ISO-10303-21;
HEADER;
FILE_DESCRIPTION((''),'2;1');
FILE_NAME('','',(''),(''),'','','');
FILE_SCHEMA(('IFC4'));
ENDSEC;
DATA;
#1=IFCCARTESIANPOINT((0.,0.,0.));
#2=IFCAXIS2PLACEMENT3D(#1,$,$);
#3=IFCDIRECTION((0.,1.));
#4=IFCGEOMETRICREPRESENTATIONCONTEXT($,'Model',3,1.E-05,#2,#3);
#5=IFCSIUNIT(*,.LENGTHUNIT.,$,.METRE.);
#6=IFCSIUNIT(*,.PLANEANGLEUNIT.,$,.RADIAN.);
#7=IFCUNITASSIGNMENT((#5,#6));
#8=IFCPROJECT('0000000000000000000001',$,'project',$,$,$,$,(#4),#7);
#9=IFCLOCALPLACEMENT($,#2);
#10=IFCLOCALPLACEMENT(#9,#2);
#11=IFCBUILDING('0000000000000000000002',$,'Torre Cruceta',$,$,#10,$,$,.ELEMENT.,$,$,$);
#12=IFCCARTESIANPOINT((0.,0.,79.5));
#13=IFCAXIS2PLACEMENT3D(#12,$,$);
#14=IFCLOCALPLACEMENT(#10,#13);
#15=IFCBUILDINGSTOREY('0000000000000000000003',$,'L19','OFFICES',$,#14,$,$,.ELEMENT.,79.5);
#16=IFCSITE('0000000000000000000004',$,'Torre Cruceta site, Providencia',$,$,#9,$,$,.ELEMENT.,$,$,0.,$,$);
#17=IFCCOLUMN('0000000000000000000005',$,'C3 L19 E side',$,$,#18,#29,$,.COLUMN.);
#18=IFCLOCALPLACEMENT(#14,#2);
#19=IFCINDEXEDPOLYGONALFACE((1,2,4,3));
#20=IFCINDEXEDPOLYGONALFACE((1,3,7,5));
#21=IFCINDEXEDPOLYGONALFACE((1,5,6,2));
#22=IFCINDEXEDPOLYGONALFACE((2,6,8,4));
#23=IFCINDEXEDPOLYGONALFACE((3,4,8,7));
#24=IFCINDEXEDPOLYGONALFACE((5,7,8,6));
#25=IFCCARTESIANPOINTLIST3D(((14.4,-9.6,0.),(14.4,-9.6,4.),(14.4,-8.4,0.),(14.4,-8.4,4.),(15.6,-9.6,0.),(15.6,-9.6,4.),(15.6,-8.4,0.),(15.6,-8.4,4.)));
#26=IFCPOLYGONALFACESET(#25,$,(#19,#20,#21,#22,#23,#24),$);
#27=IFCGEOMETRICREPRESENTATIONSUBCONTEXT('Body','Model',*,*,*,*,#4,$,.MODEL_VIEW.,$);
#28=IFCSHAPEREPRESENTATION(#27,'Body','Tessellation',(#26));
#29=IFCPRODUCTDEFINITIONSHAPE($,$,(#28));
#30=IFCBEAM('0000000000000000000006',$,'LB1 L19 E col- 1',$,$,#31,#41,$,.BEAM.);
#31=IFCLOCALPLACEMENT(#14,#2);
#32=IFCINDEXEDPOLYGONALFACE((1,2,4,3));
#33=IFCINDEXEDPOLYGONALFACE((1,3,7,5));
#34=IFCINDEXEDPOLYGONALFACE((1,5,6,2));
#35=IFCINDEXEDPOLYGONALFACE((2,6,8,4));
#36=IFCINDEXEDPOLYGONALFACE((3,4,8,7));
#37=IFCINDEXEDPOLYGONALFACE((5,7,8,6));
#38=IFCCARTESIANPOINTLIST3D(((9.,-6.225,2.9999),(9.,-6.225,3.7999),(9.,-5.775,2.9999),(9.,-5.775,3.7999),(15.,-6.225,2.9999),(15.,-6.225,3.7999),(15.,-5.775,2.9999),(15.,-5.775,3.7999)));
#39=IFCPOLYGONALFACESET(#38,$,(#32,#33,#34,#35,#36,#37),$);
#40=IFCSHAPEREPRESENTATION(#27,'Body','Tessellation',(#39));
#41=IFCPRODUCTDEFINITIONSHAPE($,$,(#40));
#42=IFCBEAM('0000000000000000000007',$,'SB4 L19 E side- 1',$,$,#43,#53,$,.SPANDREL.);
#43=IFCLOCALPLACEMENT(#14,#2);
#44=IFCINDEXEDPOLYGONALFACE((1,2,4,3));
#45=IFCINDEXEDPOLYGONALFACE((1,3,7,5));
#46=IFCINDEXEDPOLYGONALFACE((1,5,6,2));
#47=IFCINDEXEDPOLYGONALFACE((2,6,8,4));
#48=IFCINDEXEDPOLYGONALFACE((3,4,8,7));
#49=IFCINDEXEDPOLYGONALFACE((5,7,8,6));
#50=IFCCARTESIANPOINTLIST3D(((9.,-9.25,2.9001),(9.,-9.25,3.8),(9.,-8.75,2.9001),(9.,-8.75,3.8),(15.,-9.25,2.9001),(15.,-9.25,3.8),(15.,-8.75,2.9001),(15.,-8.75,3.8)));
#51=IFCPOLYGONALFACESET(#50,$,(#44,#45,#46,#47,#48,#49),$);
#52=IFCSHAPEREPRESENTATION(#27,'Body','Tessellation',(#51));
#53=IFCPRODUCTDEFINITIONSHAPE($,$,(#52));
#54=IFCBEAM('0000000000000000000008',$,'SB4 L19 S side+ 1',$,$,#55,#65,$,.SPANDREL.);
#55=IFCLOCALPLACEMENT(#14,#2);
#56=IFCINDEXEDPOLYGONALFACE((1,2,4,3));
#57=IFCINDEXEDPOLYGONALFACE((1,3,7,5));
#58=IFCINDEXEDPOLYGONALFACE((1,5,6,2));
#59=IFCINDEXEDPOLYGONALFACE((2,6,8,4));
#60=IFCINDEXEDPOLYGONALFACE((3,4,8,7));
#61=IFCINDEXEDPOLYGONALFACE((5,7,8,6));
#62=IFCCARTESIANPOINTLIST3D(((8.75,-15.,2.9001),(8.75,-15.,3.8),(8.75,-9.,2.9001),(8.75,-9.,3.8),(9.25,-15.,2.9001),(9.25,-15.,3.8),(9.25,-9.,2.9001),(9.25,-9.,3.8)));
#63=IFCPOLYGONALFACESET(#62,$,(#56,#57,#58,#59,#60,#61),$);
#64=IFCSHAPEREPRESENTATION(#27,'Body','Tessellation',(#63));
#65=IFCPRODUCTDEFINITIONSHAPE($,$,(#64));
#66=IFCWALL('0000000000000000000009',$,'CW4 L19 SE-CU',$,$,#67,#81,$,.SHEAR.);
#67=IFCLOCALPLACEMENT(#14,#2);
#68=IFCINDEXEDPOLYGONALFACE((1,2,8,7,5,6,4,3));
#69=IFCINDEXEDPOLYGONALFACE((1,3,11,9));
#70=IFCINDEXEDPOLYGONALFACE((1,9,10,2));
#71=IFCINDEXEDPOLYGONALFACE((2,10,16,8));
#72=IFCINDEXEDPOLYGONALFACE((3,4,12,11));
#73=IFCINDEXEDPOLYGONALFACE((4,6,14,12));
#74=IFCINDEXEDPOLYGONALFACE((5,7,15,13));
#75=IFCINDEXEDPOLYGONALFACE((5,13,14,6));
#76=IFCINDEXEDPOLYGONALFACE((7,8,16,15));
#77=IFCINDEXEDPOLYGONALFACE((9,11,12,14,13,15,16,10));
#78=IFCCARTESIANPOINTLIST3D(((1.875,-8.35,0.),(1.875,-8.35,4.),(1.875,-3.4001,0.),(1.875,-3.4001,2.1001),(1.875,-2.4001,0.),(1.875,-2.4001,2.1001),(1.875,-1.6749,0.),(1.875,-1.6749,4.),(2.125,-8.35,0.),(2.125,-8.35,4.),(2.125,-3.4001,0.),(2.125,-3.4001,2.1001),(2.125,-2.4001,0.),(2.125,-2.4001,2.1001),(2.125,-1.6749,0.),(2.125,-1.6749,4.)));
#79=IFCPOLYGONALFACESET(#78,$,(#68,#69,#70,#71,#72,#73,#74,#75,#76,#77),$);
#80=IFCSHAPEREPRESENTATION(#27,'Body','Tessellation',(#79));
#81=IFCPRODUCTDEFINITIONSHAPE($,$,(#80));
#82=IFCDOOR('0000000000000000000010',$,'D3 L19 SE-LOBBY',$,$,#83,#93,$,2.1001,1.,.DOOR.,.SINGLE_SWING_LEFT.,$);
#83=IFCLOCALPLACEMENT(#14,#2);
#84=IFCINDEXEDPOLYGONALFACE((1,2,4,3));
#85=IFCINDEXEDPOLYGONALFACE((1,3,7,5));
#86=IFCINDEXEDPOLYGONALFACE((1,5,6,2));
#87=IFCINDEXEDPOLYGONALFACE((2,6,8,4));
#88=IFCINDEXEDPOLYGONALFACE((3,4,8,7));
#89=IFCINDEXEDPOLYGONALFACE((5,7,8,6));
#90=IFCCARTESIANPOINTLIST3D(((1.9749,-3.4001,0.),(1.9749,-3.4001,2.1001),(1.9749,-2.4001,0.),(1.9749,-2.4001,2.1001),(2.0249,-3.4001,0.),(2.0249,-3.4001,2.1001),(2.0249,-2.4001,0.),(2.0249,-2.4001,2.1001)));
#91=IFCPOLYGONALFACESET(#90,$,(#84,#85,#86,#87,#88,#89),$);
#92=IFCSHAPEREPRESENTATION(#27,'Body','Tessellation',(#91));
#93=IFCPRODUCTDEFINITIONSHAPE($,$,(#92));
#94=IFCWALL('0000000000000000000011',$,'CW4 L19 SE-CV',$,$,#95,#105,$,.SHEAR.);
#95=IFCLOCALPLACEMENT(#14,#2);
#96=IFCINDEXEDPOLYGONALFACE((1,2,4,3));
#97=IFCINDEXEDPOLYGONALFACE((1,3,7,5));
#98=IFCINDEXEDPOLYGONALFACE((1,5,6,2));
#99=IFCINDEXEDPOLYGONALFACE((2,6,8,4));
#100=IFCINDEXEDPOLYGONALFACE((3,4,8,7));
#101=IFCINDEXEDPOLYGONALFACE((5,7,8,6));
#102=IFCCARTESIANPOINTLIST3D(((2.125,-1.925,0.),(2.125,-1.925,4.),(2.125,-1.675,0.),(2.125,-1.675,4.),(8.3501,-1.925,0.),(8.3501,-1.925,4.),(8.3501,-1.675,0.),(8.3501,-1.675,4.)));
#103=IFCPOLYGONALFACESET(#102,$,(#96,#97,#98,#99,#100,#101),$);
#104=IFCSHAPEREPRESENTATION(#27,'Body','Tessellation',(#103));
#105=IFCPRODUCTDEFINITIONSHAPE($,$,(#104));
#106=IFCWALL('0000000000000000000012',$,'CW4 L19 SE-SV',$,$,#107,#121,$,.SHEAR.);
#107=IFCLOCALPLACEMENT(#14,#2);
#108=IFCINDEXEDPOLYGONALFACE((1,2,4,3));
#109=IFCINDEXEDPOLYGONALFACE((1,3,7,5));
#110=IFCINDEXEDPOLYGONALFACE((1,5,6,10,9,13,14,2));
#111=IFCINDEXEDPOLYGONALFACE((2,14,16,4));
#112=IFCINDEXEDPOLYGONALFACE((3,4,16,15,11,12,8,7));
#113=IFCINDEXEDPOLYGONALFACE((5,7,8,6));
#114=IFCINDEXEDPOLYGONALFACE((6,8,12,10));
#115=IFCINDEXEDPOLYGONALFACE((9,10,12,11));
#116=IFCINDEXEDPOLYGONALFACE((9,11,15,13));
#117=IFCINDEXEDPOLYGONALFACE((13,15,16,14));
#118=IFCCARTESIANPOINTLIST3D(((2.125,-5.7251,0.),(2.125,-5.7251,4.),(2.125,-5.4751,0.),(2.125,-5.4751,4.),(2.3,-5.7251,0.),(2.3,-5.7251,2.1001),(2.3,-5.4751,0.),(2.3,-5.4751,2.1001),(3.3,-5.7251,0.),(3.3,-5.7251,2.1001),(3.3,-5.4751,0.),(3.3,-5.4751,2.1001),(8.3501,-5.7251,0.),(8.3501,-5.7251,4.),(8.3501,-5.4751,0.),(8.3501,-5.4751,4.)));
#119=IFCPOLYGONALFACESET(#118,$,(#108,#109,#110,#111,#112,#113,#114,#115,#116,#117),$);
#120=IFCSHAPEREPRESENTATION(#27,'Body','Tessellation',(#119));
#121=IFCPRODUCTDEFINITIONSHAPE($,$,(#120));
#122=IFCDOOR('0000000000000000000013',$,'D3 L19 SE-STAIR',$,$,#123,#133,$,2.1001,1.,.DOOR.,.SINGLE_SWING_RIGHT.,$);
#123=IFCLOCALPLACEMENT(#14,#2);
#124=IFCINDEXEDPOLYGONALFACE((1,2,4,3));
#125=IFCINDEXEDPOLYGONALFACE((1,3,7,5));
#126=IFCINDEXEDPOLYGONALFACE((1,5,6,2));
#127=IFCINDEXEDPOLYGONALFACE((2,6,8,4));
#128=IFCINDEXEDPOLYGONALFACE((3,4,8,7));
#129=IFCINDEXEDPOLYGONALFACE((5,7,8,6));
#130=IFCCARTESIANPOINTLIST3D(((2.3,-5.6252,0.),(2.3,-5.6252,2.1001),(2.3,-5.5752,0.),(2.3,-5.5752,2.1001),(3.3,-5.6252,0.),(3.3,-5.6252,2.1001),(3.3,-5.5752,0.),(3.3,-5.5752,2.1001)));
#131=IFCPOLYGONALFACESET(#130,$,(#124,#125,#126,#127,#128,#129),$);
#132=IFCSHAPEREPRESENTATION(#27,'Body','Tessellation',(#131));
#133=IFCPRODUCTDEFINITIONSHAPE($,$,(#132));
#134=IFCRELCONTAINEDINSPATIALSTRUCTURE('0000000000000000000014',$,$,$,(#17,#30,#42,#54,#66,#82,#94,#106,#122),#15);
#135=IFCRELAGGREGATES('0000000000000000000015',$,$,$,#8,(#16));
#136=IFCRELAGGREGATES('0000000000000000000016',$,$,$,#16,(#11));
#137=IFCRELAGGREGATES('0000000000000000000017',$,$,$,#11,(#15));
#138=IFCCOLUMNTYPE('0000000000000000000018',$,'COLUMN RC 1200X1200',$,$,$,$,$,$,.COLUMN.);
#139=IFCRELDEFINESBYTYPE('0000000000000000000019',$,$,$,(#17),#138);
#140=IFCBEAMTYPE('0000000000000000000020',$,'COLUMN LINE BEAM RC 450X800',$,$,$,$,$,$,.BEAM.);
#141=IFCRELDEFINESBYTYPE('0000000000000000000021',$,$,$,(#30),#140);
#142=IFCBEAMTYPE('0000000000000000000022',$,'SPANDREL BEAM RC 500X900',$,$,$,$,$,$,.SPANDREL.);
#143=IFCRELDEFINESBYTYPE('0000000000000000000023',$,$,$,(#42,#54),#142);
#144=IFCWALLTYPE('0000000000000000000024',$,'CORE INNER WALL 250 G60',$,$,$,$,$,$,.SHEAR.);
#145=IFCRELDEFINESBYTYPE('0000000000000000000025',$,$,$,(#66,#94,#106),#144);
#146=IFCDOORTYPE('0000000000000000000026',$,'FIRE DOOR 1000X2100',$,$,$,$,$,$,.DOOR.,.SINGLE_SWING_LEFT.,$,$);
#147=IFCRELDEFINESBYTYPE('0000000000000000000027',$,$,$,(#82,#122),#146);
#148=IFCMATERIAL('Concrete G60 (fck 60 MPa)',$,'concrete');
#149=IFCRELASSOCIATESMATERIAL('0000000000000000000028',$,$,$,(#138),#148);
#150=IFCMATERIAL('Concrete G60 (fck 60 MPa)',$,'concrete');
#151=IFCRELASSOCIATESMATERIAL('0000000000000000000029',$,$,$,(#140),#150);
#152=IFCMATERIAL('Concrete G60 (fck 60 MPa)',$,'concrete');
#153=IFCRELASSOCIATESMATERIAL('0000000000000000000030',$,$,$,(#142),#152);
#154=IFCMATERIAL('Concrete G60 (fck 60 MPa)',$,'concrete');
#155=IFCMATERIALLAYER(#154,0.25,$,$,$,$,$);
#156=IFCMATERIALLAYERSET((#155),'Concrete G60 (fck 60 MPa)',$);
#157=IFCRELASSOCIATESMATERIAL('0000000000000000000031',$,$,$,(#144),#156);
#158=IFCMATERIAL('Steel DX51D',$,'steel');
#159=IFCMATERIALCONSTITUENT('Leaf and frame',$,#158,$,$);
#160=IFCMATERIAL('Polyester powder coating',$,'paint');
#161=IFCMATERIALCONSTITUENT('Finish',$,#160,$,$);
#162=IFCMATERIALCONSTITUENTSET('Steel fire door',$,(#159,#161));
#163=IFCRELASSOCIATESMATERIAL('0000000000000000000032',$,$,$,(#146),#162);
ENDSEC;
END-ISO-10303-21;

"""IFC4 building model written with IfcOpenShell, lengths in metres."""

from ifc_helpers import new_model, si_unit, direction, frame, frame_2d, origin, origin_2d, place, context, subcontext, project, spatial, rectangle, extrude, material, layer, layer_set, constituent, constituent_set, material_profile, profile_set, type_object, element, fill, save


model = new_model("IFC4")

# Units and contexts
model_context = context("Model", 3, precision=1e-05, world=origin(), true_north=direction((0.0, 1.0)))
body_context = subcontext(model_context, "Body", "Model", "MODEL_VIEW")
ifc_project = project(units=[si_unit("LENGTHUNIT", "METRE"), si_unit("PLANEANGLEUNIT", "RADIAN")], contexts=[model_context])

# Site, building, storey
site_placement = place(None, origin())
site = spatial("IfcSite", under=ifc_project, at=site_placement, Name="Torre Cruceta site, Providencia", CompositionType="ELEMENT", RefElevation=0.0)
building_placement = place(site_placement, origin())
building = spatial("IfcBuilding", under=site, at=building_placement, Name="Torre Cruceta", CompositionType="ELEMENT")
storey_placement = place(building_placement, frame((0.0, 0.0, 79.5)))
storey = spatial("IfcBuildingStorey", under=building, at=storey_placement, Name="L19", Description="OFFICES", CompositionType="ELEMENT", Elevation=79.5)

# Column
ifc_material_1 = material(Name="Concrete G60 (fck 60 MPa)", Category="concrete")
ifc_material_profile_1 = material_profile(ifc_material_1, rectangle(XDim=1.2, YDim=1.2, at=origin_2d()), Name="RC 1200X1200")
ifc_profile_set_1 = profile_set([ifc_material_profile_1], Name="Concrete G60 (fck 60 MPa)")
column_type = type_object("IfcColumnType", Name="COLUMN RC 1200X1200", PredefinedType="COLUMN", material=ifc_profile_set_1)
column_placement = place(storey_placement, frame((15.0, -9.0, 0.0), z_axis=(0.0, 0.0, 1.0), x_axis=(1.0, 0.0, 0.0)))
element("IfcColumn", 1, at=column_placement, inside=storey, type_object=column_type, Name="C3 L19 E side", PredefinedType="COLUMN", context=body_context, shape_type="SweptSolid", body=[
    extrude(rectangle(XDim=1.2, YDim=1.2, at=origin_2d()), origin(), (0.0, 0.0, 1.0), 4.0),
])

# Beams
ifc_material_2 = material(Name="Concrete G60 (fck 60 MPa)", Category="concrete")
ifc_material_profile_2 = material_profile(ifc_material_2, rectangle(XDim=0.45, YDim=0.8, at=origin_2d()), Name="RC 450X800")
ifc_profile_set_2 = profile_set([ifc_material_profile_2], Name="Concrete G60 (fck 60 MPa)")
beam_type_1 = type_object("IfcBeamType", Name="COLUMN LINE BEAM RC 450X800", PredefinedType="BEAM", material=ifc_profile_set_2)
beam_placement = place(storey_placement, frame((9.0, -6.0, 3.3999), z_axis=(1.0, 0.0, 0.0), x_axis=(0.0, 1.0, 0.0)))
element("IfcBeam", 2, at=beam_placement, inside=storey, type_object=beam_type_1, Name="LB1 L19 E col- 1", PredefinedType="BEAM", context=body_context, shape_type="SweptSolid", body=[
    extrude(rectangle(XDim=0.45, YDim=0.8, at=origin_2d()), origin(), (0.0, 0.0, 1.0), 6.0),
])
ifc_material_3 = material(Name="Concrete G60 (fck 60 MPa)", Category="concrete")
ifc_material_profile_3 = material_profile(ifc_material_3, rectangle(XDim=0.5, YDim=0.8999, at=origin_2d()), Name="RC 500X900")
ifc_profile_set_3 = profile_set([ifc_material_profile_3], Name="Concrete G60 (fck 60 MPa)")
beam_type_2 = type_object("IfcBeamType", Name="SPANDREL BEAM RC 500X900", PredefinedType="SPANDREL", material=ifc_profile_set_3)
for number, where, z_axis, x_axis, name in (
    (3, (9.0, -9.0, 3.3501), (1.0, 0.0, 0.0), (0.0, 1.0, 0.0), "SB4 L19 E side- 1"),
    (4, (9.0, -9.0, 3.3501), (0.0, -1.0, 0.0), (1.0, 0.0, 0.0), "SB4 L19 S side+ 1"),
):
    element("IfcBeam", number, at=place(storey_placement, frame(where, z_axis=z_axis, x_axis=x_axis)), inside=storey, type_object=beam_type_2, Name=name, PredefinedType="SPANDREL", context=body_context, shape_type="SweptSolid", body=[
        extrude(rectangle(XDim=0.5, YDim=0.8999, at=origin_2d()), origin(), (0.0, 0.0, 1.0), 6.0),
    ])

# Wall, opening, door
ifc_material_4 = material(Name="Concrete G60 (fck 60 MPa)", Category="concrete")
ifc_layer_1 = layer(ifc_material_4, 0.25)
ifc_layer_set_1 = layer_set([ifc_layer_1], Name="Concrete G60 (fck 60 MPa)")
wall_type_1 = type_object("IfcWallType", Name="CORE INNER WALL 250 G60", PredefinedType="SHEAR", material=ifc_layer_set_1)
wall_1_placement = place(storey_placement, frame((2.0, -1.675, 0.0), z_axis=(0.0, 0.0, 1.0), x_axis=(0.0, -1.0, 0.0)))
wall_1 = element("IfcWall", 5, at=wall_1_placement, inside=storey, type_object=wall_type_1, Name="CW4 L19 SE-CU", PredefinedType="SHEAR", context=body_context, shape_type="SweptSolid", body=[
    extrude(rectangle(XDim=6.675, YDim=0.25, at=frame_2d((3.3374, 0.0))), origin(), (0.0, 0.0, 1.0), 4.0),
])
opening_1_placement = place(wall_1_placement, frame((0.7251, 0.0, 0.0)))
opening_1 = element("IfcOpeningElement", 6, at=opening_1_placement, cuts=wall_1, PredefinedType="OPENING", context=body_context, shape_type="SweptSolid", body=[
    extrude(rectangle(XDim=1.0, YDim=2.1001, at=frame_2d((0.5, 1.05))), frame((0.0, 0.135, 0.0), z_axis=(0.0, -1.0, 0.0), x_axis=(1.0, 0.0, 0.0)), (0.0, 0.0, 1.0), 0.27),
])
ifc_material_5 = material(Name="Steel DX51D", Category="steel")
ifc_constituent_1 = constituent(ifc_material_5, Name="Leaf and frame")
ifc_material_6 = material(Name="Polyester powder coating", Category="paint")
ifc_constituent_2 = constituent(ifc_material_6, Name="Finish")
ifc_constituent_set_1 = constituent_set(constituents=[ifc_constituent_1, ifc_constituent_2], Name="Steel fire door")
door_type_1 = type_object("IfcDoorType", Name="FIRE DOOR 1000X2100", OperationType="SINGLE_SWING_LEFT", PredefinedType="DOOR", material=ifc_constituent_set_1)
door_1_placement = place(opening_1_placement, origin())
door_1 = element("IfcDoor", 7, at=door_1_placement, inside=storey, type_object=door_type_1, Name="D3 L19 SE-LOBBY", OperationType="SINGLE_SWING_LEFT", OverallHeight=2.1001, OverallWidth=1.0, PredefinedType="DOOR", context=body_context, shape_type="SweptSolid", body=[
    extrude(rectangle(XDim=1.0, YDim=2.1001, at=frame_2d((0.5, 1.05))), frame((0.0, 0.0249, 0.0), z_axis=(0.0, -1.0, 0.0), x_axis=(1.0, 0.0, 0.0)), (0.0, 0.0, 1.0), 0.05),
])
fill(opening_1, door_1)

# Wall
wall_2_placement = place(storey_placement, frame((2.125, -1.8, 0.0), z_axis=(0.0, 0.0, 1.0), x_axis=(1.0, 0.0, 0.0)))
element("IfcWall", 8, at=wall_2_placement, inside=storey, type_object=wall_type_1, Name="CW4 L19 SE-CV", PredefinedType="SHEAR", context=body_context, shape_type="SweptSolid", body=[
    extrude(rectangle(XDim=6.2251, YDim=0.25, at=frame_2d((3.1125, 0.0))), origin(), (0.0, 0.0, 1.0), 4.0),
])

# Wall, opening, door
wall_3_placement = place(storey_placement, frame((2.125, -5.6001, 0.0), z_axis=(0.0, 0.0, 1.0), x_axis=(1.0, 0.0, 0.0)))
wall_3 = element("IfcWall", 9, at=wall_3_placement, inside=storey, type_object=wall_type_1, Name="CW4 L19 SE-SV", PredefinedType="SHEAR", context=body_context, shape_type="SweptSolid", body=[
    extrude(rectangle(XDim=6.2251, YDim=0.25, at=frame_2d((3.1125, 0.0))), origin(), (0.0, 0.0, 1.0), 4.0),
])
opening_2_placement = place(wall_3_placement, frame((0.175, 0.0, 0.0)))
opening_2 = element("IfcOpeningElement", 10, at=opening_2_placement, cuts=wall_3, PredefinedType="OPENING", context=body_context, shape_type="SweptSolid", body=[
    extrude(rectangle(XDim=1.0, YDim=2.1001, at=frame_2d((0.5, 1.05))), frame((0.0, 0.135, 0.0), z_axis=(0.0, -1.0, 0.0), x_axis=(1.0, 0.0, 0.0)), (0.0, 0.0, 1.0), 0.27),
])
door_2_placement = place(opening_2_placement, frame((1.0, 0.0, 0.0), z_axis=(0.0, 0.0, 1.0), x_axis=(-1.0, 0.0, 0.0)))
door_2 = element("IfcDoor", 11, at=door_2_placement, inside=storey, type_object=door_type_1, Name="D3 L19 SE-STAIR", OperationType="SINGLE_SWING_RIGHT", OverallHeight=2.1001, OverallWidth=1.0, PredefinedType="DOOR", context=body_context, shape_type="SweptSolid", body=[
    extrude(rectangle(XDim=1.0, YDim=2.1001, at=frame_2d((0.5, 1.05))), frame((0.0, 0.0251, 0.0), z_axis=(0.0, -1.0, 0.0), x_axis=(1.0, 0.0, 0.0)), (0.0, 0.0, 1.0), 0.05),
])
fill(opening_2, door_2)

save(model, "model.ifc")
